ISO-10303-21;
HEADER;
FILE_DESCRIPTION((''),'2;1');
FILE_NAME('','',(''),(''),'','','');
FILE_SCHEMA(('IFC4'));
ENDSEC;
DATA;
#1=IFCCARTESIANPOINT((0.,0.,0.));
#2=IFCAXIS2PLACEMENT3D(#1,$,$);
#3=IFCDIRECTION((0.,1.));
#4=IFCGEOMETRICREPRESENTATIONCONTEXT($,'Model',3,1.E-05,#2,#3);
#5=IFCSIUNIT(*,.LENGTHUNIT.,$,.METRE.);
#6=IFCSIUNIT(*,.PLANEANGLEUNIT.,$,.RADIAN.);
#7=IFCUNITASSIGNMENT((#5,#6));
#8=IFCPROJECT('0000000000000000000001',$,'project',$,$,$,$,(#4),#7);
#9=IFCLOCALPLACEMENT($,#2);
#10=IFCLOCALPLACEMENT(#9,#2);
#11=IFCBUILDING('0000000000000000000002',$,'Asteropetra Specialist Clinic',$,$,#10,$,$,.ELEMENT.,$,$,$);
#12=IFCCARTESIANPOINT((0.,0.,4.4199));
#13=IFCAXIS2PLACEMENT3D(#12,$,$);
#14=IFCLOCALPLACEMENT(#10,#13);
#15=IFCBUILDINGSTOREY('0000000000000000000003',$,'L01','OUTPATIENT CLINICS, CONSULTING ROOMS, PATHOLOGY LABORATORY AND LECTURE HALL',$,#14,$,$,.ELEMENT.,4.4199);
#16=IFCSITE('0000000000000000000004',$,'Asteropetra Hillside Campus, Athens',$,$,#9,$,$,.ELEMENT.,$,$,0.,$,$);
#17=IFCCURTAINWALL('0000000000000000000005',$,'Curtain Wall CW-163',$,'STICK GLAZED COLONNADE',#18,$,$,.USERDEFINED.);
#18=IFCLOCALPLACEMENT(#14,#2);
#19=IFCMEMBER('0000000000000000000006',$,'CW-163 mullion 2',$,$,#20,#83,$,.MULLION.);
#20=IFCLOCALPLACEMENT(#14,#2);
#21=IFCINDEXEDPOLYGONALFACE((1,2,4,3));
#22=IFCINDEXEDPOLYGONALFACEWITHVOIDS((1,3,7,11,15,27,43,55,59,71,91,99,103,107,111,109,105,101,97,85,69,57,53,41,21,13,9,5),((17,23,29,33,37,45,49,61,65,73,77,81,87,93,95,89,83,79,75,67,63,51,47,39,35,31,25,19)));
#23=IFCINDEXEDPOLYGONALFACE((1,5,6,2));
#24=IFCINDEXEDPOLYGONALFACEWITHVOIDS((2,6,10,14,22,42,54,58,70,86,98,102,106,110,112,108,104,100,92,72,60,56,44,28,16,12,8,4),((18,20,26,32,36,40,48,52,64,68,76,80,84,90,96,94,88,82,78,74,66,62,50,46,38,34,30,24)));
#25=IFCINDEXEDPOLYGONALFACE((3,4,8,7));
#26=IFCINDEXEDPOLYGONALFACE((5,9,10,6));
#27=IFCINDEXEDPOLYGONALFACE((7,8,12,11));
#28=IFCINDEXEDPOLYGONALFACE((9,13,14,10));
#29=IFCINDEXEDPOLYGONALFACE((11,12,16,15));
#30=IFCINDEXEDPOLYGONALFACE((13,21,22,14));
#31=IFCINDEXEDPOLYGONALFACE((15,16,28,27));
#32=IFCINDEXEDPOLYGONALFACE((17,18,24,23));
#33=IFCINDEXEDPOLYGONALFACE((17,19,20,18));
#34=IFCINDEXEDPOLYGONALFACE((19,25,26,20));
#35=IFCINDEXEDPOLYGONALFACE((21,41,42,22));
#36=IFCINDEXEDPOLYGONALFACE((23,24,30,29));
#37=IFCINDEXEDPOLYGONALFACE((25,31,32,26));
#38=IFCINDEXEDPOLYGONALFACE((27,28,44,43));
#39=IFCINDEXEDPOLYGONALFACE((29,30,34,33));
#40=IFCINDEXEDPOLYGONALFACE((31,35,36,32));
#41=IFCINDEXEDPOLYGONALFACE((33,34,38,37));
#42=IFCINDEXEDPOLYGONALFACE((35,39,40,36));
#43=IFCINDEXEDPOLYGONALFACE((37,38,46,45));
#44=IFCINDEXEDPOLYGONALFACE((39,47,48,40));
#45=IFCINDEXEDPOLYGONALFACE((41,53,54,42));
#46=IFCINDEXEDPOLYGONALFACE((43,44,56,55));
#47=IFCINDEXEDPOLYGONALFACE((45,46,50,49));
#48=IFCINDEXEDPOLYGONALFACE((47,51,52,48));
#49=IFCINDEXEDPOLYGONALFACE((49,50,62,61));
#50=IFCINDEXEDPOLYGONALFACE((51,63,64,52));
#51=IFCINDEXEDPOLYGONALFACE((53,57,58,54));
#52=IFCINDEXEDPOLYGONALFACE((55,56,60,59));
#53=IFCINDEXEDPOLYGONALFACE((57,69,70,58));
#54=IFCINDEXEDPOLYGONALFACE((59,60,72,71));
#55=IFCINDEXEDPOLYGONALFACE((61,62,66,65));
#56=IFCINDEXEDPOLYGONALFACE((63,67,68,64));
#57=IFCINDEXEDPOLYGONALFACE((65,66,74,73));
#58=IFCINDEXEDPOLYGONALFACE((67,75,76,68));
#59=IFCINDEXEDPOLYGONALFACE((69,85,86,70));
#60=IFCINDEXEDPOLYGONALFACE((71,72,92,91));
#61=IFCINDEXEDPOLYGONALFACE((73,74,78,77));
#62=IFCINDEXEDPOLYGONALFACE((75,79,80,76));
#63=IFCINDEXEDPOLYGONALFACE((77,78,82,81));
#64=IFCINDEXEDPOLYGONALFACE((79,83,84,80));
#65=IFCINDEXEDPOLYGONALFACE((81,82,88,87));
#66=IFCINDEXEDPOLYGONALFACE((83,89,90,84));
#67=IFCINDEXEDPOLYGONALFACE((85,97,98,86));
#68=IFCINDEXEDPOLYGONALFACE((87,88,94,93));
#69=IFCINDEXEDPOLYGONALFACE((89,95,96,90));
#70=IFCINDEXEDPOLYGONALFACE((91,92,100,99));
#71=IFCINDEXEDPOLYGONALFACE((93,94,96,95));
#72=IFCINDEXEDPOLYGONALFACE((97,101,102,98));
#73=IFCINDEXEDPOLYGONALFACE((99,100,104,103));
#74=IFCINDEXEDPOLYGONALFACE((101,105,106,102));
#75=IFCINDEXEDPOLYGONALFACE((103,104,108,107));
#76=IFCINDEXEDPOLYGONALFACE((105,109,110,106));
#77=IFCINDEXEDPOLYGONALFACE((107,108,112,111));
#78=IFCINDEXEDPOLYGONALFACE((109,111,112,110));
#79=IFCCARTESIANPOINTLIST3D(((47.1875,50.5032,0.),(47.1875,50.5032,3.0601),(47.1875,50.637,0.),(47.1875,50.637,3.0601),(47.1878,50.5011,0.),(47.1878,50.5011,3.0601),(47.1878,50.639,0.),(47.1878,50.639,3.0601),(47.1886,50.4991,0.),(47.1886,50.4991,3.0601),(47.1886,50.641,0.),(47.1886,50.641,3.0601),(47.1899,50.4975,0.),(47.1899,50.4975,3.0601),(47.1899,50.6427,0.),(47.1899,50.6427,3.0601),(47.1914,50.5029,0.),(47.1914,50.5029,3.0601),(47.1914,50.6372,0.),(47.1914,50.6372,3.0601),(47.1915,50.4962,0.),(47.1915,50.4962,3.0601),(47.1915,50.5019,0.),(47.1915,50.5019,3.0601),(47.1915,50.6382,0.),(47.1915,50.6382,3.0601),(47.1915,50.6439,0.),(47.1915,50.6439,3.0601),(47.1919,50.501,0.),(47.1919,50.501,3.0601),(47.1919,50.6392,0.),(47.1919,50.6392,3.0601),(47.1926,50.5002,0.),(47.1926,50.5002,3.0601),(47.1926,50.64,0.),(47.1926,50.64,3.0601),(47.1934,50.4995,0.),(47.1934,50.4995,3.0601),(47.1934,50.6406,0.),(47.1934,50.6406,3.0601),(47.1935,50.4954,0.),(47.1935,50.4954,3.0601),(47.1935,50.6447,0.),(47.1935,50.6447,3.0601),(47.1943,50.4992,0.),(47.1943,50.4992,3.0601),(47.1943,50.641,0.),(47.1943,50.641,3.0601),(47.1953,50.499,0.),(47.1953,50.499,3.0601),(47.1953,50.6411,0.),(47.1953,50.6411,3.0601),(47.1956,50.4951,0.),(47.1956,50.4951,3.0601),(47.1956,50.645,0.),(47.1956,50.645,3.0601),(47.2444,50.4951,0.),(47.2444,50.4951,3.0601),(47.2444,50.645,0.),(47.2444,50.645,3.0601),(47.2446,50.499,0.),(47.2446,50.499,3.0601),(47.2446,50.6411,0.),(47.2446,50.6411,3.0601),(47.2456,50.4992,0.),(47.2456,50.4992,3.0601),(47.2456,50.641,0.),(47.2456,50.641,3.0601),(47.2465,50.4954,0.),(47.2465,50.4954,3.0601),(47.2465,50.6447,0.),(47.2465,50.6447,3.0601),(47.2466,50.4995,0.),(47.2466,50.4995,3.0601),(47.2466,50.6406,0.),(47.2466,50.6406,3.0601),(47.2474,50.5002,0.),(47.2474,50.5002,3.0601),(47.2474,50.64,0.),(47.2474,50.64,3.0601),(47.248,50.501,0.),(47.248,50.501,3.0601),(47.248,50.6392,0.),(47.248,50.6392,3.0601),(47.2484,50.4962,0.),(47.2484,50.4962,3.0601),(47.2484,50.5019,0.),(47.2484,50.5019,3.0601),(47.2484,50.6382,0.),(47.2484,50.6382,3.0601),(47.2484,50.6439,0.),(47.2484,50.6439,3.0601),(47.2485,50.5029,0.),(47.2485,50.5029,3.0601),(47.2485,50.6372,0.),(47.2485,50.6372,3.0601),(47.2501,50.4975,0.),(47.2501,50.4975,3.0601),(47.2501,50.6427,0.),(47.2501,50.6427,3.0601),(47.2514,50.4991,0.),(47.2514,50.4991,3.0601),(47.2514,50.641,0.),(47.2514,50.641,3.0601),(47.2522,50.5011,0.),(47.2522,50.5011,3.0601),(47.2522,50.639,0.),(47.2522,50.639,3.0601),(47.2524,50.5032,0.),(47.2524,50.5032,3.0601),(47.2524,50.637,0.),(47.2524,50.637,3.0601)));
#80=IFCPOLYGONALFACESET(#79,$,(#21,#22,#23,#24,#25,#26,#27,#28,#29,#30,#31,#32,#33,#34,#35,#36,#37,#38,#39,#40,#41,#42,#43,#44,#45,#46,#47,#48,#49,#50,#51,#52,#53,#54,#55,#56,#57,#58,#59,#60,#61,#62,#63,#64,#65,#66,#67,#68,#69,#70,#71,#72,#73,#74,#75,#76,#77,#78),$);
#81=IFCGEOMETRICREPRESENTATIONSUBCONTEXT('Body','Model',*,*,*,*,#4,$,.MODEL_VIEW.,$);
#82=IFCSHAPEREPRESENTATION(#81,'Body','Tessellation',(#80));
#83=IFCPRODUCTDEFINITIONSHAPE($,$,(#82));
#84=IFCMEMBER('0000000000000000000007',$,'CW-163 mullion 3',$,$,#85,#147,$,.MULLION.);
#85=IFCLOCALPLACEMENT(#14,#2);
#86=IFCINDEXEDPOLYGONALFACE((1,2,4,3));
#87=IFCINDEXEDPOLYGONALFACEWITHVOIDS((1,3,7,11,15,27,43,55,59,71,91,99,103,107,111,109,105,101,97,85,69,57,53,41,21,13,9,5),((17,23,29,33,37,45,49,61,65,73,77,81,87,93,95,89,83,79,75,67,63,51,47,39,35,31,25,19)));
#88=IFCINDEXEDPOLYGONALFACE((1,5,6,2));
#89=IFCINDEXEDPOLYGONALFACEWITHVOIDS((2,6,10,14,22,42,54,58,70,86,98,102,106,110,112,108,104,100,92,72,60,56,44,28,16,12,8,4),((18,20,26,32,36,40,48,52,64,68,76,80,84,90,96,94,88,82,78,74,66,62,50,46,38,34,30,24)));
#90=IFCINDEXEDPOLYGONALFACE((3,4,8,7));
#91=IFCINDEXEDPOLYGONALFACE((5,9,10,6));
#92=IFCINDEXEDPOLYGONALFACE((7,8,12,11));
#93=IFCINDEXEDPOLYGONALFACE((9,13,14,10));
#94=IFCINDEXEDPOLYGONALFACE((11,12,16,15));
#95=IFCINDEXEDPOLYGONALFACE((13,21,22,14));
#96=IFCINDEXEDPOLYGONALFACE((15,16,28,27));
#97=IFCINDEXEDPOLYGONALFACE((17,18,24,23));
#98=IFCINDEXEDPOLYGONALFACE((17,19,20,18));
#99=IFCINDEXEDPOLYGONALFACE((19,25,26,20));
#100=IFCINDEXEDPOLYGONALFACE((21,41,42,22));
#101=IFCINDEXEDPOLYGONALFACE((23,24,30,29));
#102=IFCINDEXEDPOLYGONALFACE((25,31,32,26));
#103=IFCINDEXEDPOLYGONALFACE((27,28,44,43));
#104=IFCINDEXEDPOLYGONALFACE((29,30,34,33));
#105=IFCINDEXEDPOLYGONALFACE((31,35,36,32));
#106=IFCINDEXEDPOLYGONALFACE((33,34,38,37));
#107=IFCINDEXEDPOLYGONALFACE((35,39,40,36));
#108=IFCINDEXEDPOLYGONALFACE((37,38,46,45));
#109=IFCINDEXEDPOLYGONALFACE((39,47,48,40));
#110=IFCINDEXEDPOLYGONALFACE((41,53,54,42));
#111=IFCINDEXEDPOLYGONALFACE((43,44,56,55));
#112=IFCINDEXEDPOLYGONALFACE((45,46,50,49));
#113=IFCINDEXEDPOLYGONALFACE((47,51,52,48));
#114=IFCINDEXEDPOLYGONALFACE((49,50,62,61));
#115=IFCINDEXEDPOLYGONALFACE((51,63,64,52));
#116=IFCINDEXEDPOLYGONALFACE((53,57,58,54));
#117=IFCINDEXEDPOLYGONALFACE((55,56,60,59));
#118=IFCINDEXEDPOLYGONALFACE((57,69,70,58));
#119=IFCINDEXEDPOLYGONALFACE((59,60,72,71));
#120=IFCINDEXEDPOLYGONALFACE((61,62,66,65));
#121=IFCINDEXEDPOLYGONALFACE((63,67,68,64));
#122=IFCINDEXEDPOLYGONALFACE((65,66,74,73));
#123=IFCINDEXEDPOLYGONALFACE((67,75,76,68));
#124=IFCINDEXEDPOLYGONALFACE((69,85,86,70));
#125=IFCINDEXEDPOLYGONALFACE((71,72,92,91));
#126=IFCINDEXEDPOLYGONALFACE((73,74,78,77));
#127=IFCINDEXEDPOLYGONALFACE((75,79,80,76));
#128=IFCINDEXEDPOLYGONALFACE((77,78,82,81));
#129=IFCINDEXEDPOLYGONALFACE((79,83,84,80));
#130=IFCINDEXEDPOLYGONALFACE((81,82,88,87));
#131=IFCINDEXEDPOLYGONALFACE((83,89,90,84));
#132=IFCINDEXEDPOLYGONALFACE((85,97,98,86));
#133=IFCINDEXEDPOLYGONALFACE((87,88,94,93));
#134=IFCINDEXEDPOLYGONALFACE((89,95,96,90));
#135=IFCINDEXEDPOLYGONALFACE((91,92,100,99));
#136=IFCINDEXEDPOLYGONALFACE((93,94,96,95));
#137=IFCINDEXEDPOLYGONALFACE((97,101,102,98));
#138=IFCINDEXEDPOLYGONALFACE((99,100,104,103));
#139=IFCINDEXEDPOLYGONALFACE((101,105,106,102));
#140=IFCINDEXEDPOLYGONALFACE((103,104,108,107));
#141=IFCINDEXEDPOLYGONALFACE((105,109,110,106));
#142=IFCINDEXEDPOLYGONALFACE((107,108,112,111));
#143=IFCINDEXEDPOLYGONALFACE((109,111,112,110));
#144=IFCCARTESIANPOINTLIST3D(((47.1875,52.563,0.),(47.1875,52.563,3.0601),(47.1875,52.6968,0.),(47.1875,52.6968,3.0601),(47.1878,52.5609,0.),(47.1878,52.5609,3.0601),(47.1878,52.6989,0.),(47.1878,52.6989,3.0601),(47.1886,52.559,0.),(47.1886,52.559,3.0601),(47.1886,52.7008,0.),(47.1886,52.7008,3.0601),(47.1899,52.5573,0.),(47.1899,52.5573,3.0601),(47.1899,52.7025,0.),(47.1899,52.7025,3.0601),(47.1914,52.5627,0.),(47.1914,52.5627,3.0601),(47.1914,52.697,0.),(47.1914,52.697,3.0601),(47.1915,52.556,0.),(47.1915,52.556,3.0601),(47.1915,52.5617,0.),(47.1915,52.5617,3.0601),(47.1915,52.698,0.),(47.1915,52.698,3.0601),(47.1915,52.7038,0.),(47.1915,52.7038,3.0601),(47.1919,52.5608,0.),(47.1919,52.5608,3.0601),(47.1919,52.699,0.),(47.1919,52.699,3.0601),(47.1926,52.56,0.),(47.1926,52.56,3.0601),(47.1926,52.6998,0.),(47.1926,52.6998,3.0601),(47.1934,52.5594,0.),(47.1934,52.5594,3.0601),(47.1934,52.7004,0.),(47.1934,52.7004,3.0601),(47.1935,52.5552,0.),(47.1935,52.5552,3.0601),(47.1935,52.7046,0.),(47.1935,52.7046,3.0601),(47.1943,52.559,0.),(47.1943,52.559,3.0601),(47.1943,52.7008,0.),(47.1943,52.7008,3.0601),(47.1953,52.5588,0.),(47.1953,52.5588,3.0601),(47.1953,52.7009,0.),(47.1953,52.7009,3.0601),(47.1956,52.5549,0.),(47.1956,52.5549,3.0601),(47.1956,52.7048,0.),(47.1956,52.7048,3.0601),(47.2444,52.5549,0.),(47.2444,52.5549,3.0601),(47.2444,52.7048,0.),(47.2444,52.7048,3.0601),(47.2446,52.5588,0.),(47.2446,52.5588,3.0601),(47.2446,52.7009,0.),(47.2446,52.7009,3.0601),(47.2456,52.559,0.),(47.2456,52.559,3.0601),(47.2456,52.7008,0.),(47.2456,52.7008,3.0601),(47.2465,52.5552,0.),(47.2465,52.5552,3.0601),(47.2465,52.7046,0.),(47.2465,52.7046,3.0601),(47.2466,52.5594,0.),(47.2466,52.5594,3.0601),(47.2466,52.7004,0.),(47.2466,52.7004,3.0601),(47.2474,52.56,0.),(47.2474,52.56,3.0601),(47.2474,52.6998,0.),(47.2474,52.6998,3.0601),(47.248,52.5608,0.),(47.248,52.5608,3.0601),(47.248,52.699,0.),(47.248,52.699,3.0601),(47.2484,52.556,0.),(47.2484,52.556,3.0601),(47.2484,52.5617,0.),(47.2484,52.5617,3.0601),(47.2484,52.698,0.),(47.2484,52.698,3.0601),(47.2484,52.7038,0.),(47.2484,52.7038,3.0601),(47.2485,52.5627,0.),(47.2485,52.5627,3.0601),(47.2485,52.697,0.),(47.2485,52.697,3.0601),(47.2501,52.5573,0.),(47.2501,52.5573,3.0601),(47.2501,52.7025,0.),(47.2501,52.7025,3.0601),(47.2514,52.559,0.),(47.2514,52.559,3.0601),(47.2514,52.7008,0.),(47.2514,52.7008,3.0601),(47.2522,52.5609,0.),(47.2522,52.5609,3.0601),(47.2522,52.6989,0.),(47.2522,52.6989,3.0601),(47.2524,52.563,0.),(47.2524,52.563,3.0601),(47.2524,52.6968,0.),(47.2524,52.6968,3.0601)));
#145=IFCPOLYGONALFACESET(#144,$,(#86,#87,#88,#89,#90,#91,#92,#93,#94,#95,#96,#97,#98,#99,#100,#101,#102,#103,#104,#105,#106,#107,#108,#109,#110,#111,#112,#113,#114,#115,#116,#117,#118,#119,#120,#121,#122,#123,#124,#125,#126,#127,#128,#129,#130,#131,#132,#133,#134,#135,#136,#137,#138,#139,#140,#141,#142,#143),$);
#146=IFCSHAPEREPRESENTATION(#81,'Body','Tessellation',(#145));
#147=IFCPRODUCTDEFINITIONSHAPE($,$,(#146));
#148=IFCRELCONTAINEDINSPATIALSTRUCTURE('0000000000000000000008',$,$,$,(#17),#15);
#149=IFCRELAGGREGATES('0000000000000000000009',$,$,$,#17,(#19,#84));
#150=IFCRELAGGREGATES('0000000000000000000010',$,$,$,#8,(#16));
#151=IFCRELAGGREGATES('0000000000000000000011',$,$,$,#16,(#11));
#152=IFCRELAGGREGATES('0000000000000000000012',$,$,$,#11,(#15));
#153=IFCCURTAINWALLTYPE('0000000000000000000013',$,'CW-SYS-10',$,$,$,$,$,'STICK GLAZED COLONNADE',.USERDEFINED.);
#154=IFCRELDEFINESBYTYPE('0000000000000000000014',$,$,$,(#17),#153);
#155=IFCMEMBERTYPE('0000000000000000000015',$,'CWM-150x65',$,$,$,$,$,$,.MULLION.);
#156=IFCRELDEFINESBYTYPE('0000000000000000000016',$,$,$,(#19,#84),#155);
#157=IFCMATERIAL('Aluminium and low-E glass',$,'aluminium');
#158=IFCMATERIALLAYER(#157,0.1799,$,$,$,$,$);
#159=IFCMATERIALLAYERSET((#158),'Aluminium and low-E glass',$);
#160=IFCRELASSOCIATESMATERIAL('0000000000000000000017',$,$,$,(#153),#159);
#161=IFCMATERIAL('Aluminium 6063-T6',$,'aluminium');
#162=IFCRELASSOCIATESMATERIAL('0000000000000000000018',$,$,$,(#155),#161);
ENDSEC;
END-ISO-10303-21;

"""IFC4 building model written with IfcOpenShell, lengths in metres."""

from ifc_helpers import new_model, si_unit, direction, frame, origin, origin_2d, place, context, subcontext, project, spatial, hollow_rectangle, extrude, material, layer, layer_set, material_profile, profile_set, type_object, element, aggregate, save


model = new_model("IFC4")

# Units and contexts
model_context = context("Model", 3, precision=1e-05, world=origin(), true_north=direction((0.0, 1.0)))
body_context = subcontext(model_context, "Body", "Model", "MODEL_VIEW")
ifc_project = project(units=[si_unit("LENGTHUNIT", "METRE"), si_unit("PLANEANGLEUNIT", "RADIAN")], contexts=[model_context])

# Site, building, storey
site_placement = place(None, origin())
site = spatial("IfcSite", under=ifc_project, at=site_placement, Name="Asteropetra Hillside Campus, Athens", CompositionType="ELEMENT", RefElevation=0.0)
building_placement = place(site_placement, origin())
building = spatial("IfcBuilding", under=site, at=building_placement, Name="Asteropetra Specialist Clinic", CompositionType="ELEMENT")
storey_placement = place(building_placement, frame((0.0, 0.0, 4.4199)))
storey = spatial("IfcBuildingStorey", under=building, at=storey_placement, Name="L01", Description="OUTPATIENT CLINICS, CONSULTING ROOMS, PATHOLOGY LABORATORY AND LECTURE HALL", CompositionType="ELEMENT", Elevation=4.4199)

# Curtain wall, members
ifc_material_1 = material(Name="Aluminium and low-E glass", Category="aluminium")
ifc_layer_1 = layer(ifc_material_1, 0.1799)
ifc_layer_set_1 = layer_set([ifc_layer_1], Name="Aluminium and low-E glass")
curtain_wall_type_1 = type_object("IfcCurtainWallType", Name="CW-SYS-10", ElementType="STICK GLAZED COLONNADE", PredefinedType="USERDEFINED", material=ifc_layer_set_1)
curtain_wall_1_placement = place(storey_placement, origin())
curtain_wall_1 = element("IfcCurtainWall", 1, at=curtain_wall_1_placement, inside=storey, type_object=curtain_wall_type_1, Name="Curtain Wall CW-163", ObjectType="STICK GLAZED COLONNADE", PredefinedType="USERDEFINED")
ifc_material_2 = material(Name="Aluminium 6063-T6", Category="aluminium")
ifc_material_profile_1 = material_profile(ifc_material_2, hollow_rectangle(XDim=0.0649, YDim=0.1499, WallThickness=0.0039, InnerFilletRadius=0.0039, OuterFilletRadius=0.0081, at=origin_2d()), Name="MUL 150x65x4.0")
ifc_profile_set_1 = profile_set([ifc_material_profile_1], Name="Aluminium 6063-T6")
member_type_1 = type_object("IfcMemberType", Name="CWM-150x65", PredefinedType="MULLION", material=ifc_profile_set_1)
member_1_placement = place(storey_placement, frame((47.22, 50.5701, 0.0), z_axis=(0.0, 0.0, 1.0), x_axis=(-1.0, 0.0, 0.0)))
member_1 = element("IfcMember", 2, at=member_1_placement, type_object=member_type_1, Name="CW-163 mullion 2", PredefinedType="MULLION", context=body_context, shape_type="SweptSolid", body=[
    extrude(hollow_rectangle(XDim=0.0649, YDim=0.1499, WallThickness=0.0039, InnerFilletRadius=0.0039, OuterFilletRadius=0.0081, at=origin_2d()), origin(), (0.0, 0.0, 1.0), 3.0601),
])
member_2_placement = place(storey_placement, frame((47.22, 52.6299, 0.0), z_axis=(0.0, 0.0, 1.0), x_axis=(-1.0, 0.0, 0.0)))
member_2 = element("IfcMember", 3, at=member_2_placement, type_object=member_type_1, Name="CW-163 mullion 3", PredefinedType="MULLION", context=body_context, shape_type="SweptSolid", body=[
    extrude(hollow_rectangle(XDim=0.0649, YDim=0.1499, WallThickness=0.0039, InnerFilletRadius=0.0039, OuterFilletRadius=0.0081, at=origin_2d()), origin(), (0.0, 0.0, 1.0), 3.0601),
])

aggregate(curtain_wall_1, [member_1, member_2])

save(model, "model.ifc")
